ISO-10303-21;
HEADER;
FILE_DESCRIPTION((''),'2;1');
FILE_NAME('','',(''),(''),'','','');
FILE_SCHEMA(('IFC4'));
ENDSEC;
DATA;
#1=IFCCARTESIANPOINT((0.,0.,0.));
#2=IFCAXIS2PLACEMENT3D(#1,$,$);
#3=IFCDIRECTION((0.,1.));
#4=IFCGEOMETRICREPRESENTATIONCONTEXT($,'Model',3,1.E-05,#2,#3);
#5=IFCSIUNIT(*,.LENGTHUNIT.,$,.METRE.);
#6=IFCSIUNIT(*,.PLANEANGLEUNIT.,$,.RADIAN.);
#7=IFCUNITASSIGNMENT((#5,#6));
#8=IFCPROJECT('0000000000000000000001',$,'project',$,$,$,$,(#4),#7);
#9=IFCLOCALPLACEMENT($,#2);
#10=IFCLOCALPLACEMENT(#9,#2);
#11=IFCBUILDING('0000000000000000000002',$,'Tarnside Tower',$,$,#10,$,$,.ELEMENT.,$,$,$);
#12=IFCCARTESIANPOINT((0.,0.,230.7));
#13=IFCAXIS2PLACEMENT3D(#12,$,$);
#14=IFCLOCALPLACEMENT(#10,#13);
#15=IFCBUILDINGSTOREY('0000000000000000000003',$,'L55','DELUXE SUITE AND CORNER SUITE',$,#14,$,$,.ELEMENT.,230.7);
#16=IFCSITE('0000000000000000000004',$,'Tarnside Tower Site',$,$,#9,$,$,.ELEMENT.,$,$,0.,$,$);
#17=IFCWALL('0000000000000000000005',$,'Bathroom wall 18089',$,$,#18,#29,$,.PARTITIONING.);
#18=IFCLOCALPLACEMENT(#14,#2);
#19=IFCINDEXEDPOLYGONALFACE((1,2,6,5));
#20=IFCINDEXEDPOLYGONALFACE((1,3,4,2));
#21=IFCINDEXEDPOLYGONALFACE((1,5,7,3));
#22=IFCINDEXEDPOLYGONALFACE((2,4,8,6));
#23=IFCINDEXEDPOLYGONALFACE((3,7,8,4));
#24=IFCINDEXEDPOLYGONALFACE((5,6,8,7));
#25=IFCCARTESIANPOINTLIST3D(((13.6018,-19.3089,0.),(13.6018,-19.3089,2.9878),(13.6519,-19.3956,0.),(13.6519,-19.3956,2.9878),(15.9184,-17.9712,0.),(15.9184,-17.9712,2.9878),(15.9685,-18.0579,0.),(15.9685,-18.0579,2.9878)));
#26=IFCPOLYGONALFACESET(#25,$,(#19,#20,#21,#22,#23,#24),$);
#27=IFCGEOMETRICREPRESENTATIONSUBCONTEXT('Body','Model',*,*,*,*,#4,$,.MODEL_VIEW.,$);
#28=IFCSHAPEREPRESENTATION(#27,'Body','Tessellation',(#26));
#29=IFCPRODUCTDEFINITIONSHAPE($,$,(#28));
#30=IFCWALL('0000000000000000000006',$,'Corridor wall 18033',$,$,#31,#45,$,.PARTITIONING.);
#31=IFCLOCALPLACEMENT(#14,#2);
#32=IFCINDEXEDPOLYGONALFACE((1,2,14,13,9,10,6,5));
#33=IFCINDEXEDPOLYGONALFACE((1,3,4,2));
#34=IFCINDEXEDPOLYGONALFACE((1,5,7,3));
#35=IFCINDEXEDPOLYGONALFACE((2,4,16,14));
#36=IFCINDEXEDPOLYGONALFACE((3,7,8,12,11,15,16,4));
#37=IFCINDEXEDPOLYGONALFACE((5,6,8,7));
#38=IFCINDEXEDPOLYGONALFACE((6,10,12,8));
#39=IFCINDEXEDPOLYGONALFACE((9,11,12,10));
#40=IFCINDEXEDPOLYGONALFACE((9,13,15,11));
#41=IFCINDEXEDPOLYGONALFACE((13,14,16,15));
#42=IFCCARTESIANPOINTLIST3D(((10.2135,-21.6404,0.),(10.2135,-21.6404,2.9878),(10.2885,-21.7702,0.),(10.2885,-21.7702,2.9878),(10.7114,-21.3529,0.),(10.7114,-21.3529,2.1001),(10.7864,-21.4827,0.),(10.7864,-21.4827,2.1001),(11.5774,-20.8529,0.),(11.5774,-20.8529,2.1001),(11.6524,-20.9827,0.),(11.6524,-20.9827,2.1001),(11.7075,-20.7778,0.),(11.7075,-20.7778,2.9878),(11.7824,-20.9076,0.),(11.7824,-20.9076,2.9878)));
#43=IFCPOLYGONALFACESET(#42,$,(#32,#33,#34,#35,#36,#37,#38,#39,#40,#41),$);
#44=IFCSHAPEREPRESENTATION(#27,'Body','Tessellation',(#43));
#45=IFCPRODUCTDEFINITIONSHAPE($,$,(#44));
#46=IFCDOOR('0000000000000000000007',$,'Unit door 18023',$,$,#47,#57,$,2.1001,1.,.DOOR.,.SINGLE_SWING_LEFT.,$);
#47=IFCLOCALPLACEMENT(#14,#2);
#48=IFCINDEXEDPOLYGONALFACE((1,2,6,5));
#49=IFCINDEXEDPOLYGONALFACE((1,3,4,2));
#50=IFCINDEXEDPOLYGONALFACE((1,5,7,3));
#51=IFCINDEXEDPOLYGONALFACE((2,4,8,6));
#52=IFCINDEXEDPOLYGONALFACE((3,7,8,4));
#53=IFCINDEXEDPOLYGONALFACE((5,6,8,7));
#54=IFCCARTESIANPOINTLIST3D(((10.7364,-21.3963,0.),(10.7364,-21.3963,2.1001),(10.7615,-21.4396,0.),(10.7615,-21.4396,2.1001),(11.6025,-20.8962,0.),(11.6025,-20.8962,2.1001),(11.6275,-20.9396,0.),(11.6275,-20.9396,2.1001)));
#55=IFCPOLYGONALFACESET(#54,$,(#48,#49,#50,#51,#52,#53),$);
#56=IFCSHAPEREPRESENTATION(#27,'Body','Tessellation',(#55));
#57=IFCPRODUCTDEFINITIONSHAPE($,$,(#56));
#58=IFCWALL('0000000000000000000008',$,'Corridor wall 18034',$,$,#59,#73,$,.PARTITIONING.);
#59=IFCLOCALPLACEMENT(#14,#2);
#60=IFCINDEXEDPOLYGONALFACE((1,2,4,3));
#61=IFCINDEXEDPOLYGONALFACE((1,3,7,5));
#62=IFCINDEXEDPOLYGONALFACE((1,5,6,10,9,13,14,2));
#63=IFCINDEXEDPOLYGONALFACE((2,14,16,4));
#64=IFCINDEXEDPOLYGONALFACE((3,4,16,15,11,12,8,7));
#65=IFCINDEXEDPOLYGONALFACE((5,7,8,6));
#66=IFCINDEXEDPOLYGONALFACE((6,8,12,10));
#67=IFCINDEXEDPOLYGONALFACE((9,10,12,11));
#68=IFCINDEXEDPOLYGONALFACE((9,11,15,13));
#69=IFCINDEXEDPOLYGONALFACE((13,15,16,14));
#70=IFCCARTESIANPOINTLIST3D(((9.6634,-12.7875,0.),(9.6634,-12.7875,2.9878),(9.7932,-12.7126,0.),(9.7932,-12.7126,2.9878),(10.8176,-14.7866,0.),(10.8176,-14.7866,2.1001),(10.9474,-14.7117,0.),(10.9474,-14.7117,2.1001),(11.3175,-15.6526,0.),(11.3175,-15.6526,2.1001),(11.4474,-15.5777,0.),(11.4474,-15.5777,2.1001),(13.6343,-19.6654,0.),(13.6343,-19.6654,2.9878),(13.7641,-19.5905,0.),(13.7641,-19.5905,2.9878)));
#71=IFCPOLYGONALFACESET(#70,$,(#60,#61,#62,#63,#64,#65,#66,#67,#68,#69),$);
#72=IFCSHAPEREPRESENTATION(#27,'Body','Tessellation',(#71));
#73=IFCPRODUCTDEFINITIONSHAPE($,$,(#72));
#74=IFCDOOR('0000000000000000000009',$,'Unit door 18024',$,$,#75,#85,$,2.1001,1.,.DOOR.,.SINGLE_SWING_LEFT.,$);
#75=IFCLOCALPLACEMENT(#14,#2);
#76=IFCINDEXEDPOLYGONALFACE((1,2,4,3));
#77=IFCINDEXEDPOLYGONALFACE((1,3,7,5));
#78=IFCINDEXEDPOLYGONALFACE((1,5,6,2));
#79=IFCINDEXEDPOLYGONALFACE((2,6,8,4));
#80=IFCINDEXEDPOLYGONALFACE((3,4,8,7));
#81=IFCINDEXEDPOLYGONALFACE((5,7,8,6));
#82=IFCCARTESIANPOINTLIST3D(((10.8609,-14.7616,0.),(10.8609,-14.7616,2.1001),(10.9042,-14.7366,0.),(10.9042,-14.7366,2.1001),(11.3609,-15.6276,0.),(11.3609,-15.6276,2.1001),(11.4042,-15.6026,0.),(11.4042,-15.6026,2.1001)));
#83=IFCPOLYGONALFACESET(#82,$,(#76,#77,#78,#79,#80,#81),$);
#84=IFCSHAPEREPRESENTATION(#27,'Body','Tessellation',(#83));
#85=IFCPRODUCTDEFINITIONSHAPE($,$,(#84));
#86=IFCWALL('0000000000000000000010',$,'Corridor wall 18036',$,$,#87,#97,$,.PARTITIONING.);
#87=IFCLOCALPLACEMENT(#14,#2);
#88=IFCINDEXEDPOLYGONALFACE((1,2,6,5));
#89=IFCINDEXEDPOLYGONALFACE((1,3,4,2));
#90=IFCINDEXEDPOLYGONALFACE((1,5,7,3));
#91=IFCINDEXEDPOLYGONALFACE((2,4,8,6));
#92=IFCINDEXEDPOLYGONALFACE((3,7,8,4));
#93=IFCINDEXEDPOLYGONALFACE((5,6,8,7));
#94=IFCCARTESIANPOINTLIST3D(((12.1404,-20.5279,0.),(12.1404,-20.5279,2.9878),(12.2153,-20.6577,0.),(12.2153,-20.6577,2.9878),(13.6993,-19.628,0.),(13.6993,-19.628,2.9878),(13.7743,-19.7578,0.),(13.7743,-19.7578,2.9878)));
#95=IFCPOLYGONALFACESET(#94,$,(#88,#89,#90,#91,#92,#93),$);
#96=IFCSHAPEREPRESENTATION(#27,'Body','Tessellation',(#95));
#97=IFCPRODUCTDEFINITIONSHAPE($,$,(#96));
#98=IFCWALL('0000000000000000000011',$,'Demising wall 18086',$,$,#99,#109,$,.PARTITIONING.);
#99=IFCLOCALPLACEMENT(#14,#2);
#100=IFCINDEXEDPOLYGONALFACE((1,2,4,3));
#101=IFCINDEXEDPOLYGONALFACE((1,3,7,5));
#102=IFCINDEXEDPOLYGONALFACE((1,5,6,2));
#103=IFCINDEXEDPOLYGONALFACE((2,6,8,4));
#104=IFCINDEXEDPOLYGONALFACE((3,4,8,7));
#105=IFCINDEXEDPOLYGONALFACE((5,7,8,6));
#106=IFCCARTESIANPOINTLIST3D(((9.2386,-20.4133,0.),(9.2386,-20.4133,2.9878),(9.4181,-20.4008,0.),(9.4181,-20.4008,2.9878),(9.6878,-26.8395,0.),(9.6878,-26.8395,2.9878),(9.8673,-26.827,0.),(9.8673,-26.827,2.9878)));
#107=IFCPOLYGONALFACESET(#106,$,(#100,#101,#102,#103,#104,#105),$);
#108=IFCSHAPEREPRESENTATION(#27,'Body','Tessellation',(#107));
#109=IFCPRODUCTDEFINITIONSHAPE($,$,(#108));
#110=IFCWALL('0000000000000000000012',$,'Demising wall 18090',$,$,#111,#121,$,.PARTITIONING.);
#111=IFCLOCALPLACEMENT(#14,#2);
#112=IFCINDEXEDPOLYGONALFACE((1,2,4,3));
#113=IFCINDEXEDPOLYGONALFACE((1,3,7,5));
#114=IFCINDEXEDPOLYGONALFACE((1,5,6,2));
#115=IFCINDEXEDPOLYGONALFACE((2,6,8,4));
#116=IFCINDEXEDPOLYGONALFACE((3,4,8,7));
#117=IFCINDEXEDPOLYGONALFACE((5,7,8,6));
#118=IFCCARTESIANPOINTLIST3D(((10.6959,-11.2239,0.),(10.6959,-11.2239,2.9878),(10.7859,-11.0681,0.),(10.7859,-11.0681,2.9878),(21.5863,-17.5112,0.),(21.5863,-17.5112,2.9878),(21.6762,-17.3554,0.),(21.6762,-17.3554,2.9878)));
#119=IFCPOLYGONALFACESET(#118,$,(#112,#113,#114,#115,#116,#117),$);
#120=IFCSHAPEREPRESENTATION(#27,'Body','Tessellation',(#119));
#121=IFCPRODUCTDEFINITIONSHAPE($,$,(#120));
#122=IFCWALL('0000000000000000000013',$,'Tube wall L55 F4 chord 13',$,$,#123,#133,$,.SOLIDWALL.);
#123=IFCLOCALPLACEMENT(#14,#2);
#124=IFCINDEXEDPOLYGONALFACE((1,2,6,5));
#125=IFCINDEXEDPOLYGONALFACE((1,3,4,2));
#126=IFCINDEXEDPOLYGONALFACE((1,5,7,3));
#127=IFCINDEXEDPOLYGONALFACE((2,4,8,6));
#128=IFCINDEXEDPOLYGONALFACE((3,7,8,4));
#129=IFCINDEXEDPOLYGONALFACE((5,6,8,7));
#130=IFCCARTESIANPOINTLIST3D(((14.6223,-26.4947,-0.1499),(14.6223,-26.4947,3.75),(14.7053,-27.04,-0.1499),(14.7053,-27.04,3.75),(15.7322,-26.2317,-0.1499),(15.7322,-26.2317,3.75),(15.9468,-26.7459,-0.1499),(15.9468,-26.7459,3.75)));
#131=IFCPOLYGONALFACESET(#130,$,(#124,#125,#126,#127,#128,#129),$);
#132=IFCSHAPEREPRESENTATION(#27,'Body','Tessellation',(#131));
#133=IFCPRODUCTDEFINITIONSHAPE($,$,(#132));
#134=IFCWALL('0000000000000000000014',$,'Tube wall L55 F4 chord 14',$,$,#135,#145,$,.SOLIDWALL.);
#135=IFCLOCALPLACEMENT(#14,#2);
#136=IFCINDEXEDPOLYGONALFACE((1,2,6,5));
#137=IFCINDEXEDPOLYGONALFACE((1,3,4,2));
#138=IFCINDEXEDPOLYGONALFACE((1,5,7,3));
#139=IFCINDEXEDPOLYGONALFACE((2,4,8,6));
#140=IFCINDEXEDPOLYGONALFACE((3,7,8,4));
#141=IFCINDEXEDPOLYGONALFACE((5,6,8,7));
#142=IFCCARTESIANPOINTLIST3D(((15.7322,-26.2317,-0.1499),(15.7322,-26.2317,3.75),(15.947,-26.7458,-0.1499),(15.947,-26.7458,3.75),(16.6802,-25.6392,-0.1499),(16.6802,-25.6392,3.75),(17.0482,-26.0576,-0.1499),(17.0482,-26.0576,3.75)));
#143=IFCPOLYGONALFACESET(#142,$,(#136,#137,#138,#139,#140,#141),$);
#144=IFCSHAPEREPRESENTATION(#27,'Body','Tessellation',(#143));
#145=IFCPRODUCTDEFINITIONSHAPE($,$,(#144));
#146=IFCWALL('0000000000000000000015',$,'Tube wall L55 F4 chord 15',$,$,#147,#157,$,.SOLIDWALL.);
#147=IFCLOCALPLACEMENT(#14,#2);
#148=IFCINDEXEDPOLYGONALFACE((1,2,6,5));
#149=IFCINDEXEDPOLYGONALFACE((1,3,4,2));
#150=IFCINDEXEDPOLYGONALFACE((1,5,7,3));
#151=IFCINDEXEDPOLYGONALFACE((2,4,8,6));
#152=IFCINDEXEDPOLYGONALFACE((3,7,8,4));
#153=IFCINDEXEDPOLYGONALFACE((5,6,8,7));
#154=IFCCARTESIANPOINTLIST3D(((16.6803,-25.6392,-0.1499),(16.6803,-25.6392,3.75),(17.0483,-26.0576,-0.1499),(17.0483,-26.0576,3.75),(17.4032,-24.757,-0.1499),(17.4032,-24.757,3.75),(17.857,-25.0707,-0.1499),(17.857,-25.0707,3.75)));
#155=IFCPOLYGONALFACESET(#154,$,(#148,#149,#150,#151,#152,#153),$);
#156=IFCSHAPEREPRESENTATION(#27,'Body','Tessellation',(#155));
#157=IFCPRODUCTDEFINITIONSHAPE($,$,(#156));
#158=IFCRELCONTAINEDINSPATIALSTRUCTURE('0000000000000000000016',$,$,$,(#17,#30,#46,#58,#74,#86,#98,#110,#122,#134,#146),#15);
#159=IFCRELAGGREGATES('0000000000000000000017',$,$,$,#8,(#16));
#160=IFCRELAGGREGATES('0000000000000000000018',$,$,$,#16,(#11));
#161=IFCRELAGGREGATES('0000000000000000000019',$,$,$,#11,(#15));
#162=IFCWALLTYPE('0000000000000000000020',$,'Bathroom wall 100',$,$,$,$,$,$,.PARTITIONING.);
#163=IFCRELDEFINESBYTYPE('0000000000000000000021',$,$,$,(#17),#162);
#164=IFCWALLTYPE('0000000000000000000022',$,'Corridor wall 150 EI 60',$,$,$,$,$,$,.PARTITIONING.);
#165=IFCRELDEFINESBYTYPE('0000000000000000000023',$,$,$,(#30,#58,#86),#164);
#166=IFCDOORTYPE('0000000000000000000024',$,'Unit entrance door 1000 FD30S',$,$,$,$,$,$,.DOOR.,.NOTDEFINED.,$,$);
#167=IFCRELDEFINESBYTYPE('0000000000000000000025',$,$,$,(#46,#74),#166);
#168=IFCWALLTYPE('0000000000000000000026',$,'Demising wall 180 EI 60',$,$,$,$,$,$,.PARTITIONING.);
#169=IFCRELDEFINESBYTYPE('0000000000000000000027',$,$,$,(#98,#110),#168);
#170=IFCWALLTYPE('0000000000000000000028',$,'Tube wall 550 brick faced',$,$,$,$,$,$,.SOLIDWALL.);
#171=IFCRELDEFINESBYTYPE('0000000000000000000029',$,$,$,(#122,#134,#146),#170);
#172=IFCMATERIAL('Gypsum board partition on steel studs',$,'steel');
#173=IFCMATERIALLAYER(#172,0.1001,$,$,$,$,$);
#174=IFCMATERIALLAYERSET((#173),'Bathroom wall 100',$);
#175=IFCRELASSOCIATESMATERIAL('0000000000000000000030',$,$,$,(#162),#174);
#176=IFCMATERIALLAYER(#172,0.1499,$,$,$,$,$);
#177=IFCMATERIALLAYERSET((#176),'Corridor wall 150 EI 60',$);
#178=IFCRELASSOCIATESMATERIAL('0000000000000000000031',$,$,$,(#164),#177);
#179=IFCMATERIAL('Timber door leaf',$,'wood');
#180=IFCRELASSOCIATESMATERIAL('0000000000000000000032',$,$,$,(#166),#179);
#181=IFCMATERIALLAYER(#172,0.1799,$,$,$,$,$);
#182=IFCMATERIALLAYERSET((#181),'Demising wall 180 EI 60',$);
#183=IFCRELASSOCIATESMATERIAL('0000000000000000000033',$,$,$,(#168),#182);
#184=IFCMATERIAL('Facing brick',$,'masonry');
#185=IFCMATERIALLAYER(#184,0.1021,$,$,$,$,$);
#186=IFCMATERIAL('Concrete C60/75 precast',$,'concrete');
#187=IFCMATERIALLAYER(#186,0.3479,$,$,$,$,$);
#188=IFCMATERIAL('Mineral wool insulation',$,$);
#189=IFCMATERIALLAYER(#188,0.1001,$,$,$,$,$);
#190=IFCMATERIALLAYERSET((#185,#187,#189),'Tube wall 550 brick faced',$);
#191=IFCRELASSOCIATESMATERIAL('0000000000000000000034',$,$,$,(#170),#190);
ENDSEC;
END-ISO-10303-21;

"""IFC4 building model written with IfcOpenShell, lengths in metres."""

from ifc_helpers import new_model, si_unit, direction, frame, frame_2d, origin, place, context, subcontext, project, spatial, polyline, rectangle, outline, extrude, material, layer, layer_set, type_object, element, fill, save


model = new_model("IFC4")

# Units and contexts
model_context = context("Model", 3, precision=1e-05, world=origin(), true_north=direction((0.0, 1.0)))
body_context = subcontext(model_context, "Body", "Model", "MODEL_VIEW")
ifc_project = project(units=[si_unit("LENGTHUNIT", "METRE"), si_unit("PLANEANGLEUNIT", "RADIAN")], contexts=[model_context])

# Site, building, storey
site_placement = place(None, origin())
site = spatial("IfcSite", under=ifc_project, at=site_placement, Name="Tarnside Tower Site", CompositionType="ELEMENT", RefElevation=0.0)
building_placement = place(site_placement, origin())
building = spatial("IfcBuilding", under=site, at=building_placement, Name="Tarnside Tower", CompositionType="ELEMENT")
storey_placement = place(building_placement, frame((0.0, 0.0, 230.7)))
storey = spatial("IfcBuildingStorey", under=building, at=storey_placement, Name="L55", Description="DELUXE SUITE AND CORNER SUITE", CompositionType="ELEMENT", Elevation=230.7)

# Wall
ifc_material_1 = material(Name="Gypsum board partition on steel studs", Category="steel")
ifc_layer_1 = layer(ifc_material_1, 0.1001)
ifc_layer_set_1 = layer_set([ifc_layer_1], Name="Bathroom wall 100")
wall_type_1 = type_object("IfcWallType", Name="Bathroom wall 100", PredefinedType="PARTITIONING", material=ifc_layer_set_1)
wall_1_placement = place(storey_placement, frame((15.9434, -18.0146, 0.0), z_axis=(0.0, 0.0, 1.0), x_axis=(-0.866005, -0.500036, 0.0)))
element("IfcWall", 1, at=wall_1_placement, inside=storey, type_object=wall_type_1, Name="Bathroom wall 18089", PredefinedType="PARTITIONING", context=body_context, shape_type="SweptSolid", body=[
    extrude(rectangle(XDim=2.675, YDim=0.1001, at=frame_2d((1.3374, 0.0))), origin(), (0.0, 0.0, 1.0), 2.9878),
])

# Walls, openings, doors
ifc_layer_2 = layer(ifc_material_1, 0.1499)
ifc_layer_set_2 = layer_set([ifc_layer_2], Name="Corridor wall 150 EI 60")
wall_type_2 = type_object("IfcWallType", Name="Corridor wall 150 EI 60", PredefinedType="PARTITIONING", material=ifc_layer_set_2)
wall_2_placement = place(storey_placement, frame((10.251, -21.7053, 0.0), z_axis=(0.0, 0.0, 1.0), x_axis=(0.866014, 0.500021, 0.0)))
wall_2 = element("IfcWall", 2, at=wall_2_placement, inside=storey, type_object=wall_type_2, Name="Corridor wall 18033", PredefinedType="PARTITIONING", context=body_context, shape_type="SweptSolid", body=[
    extrude(rectangle(XDim=1.7251, YDim=0.1499, at=frame_2d((0.8625, 0.0))), origin(), (0.0, 0.0, 1.0), 2.9878),
])
opening_1_placement = place(wall_2_placement, frame((0.575, 0.0, 0.0)))
opening_1 = element("IfcOpeningElement", 3, at=opening_1_placement, cuts=wall_2, PredefinedType="OPENING", context=body_context, shape_type="SweptSolid", body=[
    extrude(rectangle(XDim=1.0, YDim=2.1001, at=frame_2d((0.5, 1.05))), frame((0.0, 0.085, 0.0), z_axis=(0.0, -1.0, 0.0), x_axis=(1.0, 0.0, 0.0)), (0.0, 0.0, 1.0), 0.1699),
])
ifc_material_2 = material(Name="Timber door leaf", Category="wood")
door_type = type_object("IfcDoorType", Name="Unit entrance door 1000 FD30S", OperationType="NOTDEFINED", PredefinedType="DOOR", material=ifc_material_2)
door_1_placement = place(opening_1_placement, origin())
door_1 = element("IfcDoor", 4, at=door_1_placement, inside=storey, type_object=door_type, Name="Unit door 18023", OperationType="SINGLE_SWING_LEFT", OverallHeight=2.1001, OverallWidth=1.0, PredefinedType="DOOR", context=body_context, shape_type="SweptSolid", body=[
    extrude(rectangle(XDim=1.0, YDim=2.1001, at=frame_2d((0.5, 1.05))), frame((0.0, 0.0249, 0.0), z_axis=(0.0, -1.0, 0.0), x_axis=(1.0, 0.0, 0.0)), (0.0, 0.0, 1.0), 0.05),
])
fill(opening_1, door_1)
wall_3_placement = place(storey_placement, frame((13.6992, -19.6279, 0.0), z_axis=(0.0, 0.0, 1.0), x_axis=(-0.499997, 0.866027, 0.0)))
wall_3 = element("IfcWall", 5, at=wall_3_placement, inside=storey, type_object=wall_type_2, Name="Corridor wall 18034", PredefinedType="PARTITIONING", context=body_context, shape_type="SweptSolid", body=[
    extrude(rectangle(XDim=7.9419, YDim=0.1499, at=frame_2d((3.9709, 0.0))), origin(), (0.0, 0.0, 1.0), 2.9878),
])
opening_2_placement = place(wall_3_placement, frame((4.6335, 0.0, 0.0)))
opening_2 = element("IfcOpeningElement", 6, at=opening_2_placement, cuts=wall_3, PredefinedType="OPENING", context=body_context, shape_type="SweptSolid", body=[
    extrude(rectangle(XDim=1.0, YDim=2.1001, at=frame_2d((0.5, 1.05))), frame((0.0, 0.085, 0.0), z_axis=(0.0, -1.0, 0.0), x_axis=(1.0, 0.0, 0.0)), (0.0, 0.0, 1.0), 0.1699),
])
door_2_placement = place(opening_2_placement, origin())
door_2 = element("IfcDoor", 7, at=door_2_placement, inside=storey, type_object=door_type, Name="Unit door 18024", OperationType="SINGLE_SWING_LEFT", OverallHeight=2.1001, OverallWidth=1.0, PredefinedType="DOOR", context=body_context, shape_type="SweptSolid", body=[
    extrude(rectangle(XDim=1.0, YDim=2.1001, at=frame_2d((0.5, 1.05))), frame((0.0, 0.0249, 0.0), z_axis=(0.0, -1.0, 0.0), x_axis=(1.0, 0.0, 0.0)), (0.0, 0.0, 1.0), 0.05),
])
fill(opening_2, door_2)

# Walls
wall_4_placement = place(storey_placement, frame((12.178, -20.5928, 0.0), z_axis=(0.0, 0.0, 1.0), x_axis=(0.866048, 0.499961, 0.0)))
element("IfcWall", 8, at=wall_4_placement, inside=storey, type_object=wall_type_2, Name="Corridor wall 18036", PredefinedType="PARTITIONING", context=body_context, shape_type="SweptSolid", body=[
    extrude(rectangle(XDim=1.8, YDim=0.1499, at=frame_2d((0.8999, 0.0))), origin(), (0.0, 0.0, 1.0), 2.9878),
])
ifc_layer_3 = layer(ifc_material_1, 0.1799)
ifc_layer_set_3 = layer_set([ifc_layer_3], Name="Demising wall 180 EI 60")
wall_type_3 = type_object("IfcWallType", Name="Demising wall 180 EI 60", PredefinedType="PARTITIONING", material=ifc_layer_set_3)
wall_5_placement = place(storey_placement, frame((9.7776, -26.8333, 0.0), z_axis=(0.0, 0.0, 1.0), x_axis=(-0.069733, 0.997566, 0.0)))
element("IfcWall", 9, at=wall_5_placement, inside=storey, type_object=wall_type_3, Name="Demising wall 18086", PredefinedType="PARTITIONING", context=body_context, shape_type="SweptSolid", body=[
    extrude(rectangle(XDim=6.4419, YDim=0.1799, at=frame_2d((3.2209, 0.0))), origin(), (0.0, 0.0, 1.0), 2.9878),
])
wall_6_placement = place(storey_placement, frame((21.6313, -17.4333, 0.0), z_axis=(0.0, 0.0, 1.0), x_axis=(-0.866033, 0.499987, 0.0)))
element("IfcWall", 10, at=wall_6_placement, inside=storey, type_object=wall_type_3, Name="Demising wall 18090", PredefinedType="PARTITIONING", context=body_context, shape_type="SweptSolid", body=[
    extrude(rectangle(XDim=12.575, YDim=0.1799, at=frame_2d((6.2876, 0.0))), origin(), (0.0, 0.0, 1.0), 2.9878),
])
ifc_material_3 = material(Name="Facing brick", Category="masonry")
ifc_layer_4 = layer(ifc_material_3, 0.1021)
ifc_material_4 = material(Name="Concrete C60/75 precast", Category="concrete")
ifc_layer_5 = layer(ifc_material_4, 0.3479)
ifc_material_5 = material(Name="Mineral wool insulation")
ifc_layer_6 = layer(ifc_material_5, 0.1001)
ifc_layer_set_4 = layer_set([ifc_layer_4, ifc_layer_5, ifc_layer_6], Name="Tube wall 550 brick faced")
wall_type_4 = type_object("IfcWallType", Name="Tube wall 550 brick faced", PredefinedType="SOLIDWALL", material=ifc_layer_set_4)
wall_7_placement = place(storey_placement, frame((14.6638, -26.7673, -0.1499), z_axis=(0.0, 0.0, 1.0), x_axis=(0.973064, 0.230537, 0.0)))
element("IfcWall", 11, at=wall_7_placement, inside=storey, type_object=wall_type_4, Name="Tube wall L55 F4 chord 13", PredefinedType="SOLIDWALL", context=body_context, shape_type="SweptSolid", body=[
    extrude(outline(polyline([(-0.0225, -0.2749), (1.2534, -0.2749), (1.1631, 0.2749), (0.0225, 0.2749), (-0.0225, -0.2749)])), origin(), (0.0, 0.0, 1.0), 3.8999),
])
wall_8_placement = place(storey_placement, frame((15.8396, -26.4888, -0.1499), z_axis=(0.0, 0.0, 1.0), x_axis=(0.84801, 0.529981, 0.0)))
element("IfcWall", 12, at=wall_8_placement, inside=storey, type_object=wall_type_4, Name="Tube wall L55 F4 chord 14", PredefinedType="SOLIDWALL", context=body_context, shape_type="SweptSolid", body=[
    extrude(outline(polyline([(-0.0452, -0.2749), (1.2534, -0.2749), (1.1631, 0.2749), (0.0452, 0.2749), (-0.0452, -0.2749)])), origin(), (0.0, 0.0, 1.0), 3.8999),
])
wall_9_placement = place(storey_placement, frame((16.8643, -25.8484, -0.1499), z_axis=(0.0, 0.0, 1.0), x_axis=(0.633843, 0.773462, 0.0)))
element("IfcWall", 13, at=wall_9_placement, inside=storey, type_object=wall_type_4, Name="Tube wall L55 F4 chord 15", PredefinedType="SOLIDWALL", context=body_context, shape_type="SweptSolid", body=[
    extrude(outline(polyline([(-0.0452, -0.2749), (1.2307, -0.2749), (1.1858, 0.2749), (0.0452, 0.2749), (-0.0452, -0.2749)])), origin(), (0.0, 0.0, 1.0), 3.8999),
])

save(model, "model.ifc")
